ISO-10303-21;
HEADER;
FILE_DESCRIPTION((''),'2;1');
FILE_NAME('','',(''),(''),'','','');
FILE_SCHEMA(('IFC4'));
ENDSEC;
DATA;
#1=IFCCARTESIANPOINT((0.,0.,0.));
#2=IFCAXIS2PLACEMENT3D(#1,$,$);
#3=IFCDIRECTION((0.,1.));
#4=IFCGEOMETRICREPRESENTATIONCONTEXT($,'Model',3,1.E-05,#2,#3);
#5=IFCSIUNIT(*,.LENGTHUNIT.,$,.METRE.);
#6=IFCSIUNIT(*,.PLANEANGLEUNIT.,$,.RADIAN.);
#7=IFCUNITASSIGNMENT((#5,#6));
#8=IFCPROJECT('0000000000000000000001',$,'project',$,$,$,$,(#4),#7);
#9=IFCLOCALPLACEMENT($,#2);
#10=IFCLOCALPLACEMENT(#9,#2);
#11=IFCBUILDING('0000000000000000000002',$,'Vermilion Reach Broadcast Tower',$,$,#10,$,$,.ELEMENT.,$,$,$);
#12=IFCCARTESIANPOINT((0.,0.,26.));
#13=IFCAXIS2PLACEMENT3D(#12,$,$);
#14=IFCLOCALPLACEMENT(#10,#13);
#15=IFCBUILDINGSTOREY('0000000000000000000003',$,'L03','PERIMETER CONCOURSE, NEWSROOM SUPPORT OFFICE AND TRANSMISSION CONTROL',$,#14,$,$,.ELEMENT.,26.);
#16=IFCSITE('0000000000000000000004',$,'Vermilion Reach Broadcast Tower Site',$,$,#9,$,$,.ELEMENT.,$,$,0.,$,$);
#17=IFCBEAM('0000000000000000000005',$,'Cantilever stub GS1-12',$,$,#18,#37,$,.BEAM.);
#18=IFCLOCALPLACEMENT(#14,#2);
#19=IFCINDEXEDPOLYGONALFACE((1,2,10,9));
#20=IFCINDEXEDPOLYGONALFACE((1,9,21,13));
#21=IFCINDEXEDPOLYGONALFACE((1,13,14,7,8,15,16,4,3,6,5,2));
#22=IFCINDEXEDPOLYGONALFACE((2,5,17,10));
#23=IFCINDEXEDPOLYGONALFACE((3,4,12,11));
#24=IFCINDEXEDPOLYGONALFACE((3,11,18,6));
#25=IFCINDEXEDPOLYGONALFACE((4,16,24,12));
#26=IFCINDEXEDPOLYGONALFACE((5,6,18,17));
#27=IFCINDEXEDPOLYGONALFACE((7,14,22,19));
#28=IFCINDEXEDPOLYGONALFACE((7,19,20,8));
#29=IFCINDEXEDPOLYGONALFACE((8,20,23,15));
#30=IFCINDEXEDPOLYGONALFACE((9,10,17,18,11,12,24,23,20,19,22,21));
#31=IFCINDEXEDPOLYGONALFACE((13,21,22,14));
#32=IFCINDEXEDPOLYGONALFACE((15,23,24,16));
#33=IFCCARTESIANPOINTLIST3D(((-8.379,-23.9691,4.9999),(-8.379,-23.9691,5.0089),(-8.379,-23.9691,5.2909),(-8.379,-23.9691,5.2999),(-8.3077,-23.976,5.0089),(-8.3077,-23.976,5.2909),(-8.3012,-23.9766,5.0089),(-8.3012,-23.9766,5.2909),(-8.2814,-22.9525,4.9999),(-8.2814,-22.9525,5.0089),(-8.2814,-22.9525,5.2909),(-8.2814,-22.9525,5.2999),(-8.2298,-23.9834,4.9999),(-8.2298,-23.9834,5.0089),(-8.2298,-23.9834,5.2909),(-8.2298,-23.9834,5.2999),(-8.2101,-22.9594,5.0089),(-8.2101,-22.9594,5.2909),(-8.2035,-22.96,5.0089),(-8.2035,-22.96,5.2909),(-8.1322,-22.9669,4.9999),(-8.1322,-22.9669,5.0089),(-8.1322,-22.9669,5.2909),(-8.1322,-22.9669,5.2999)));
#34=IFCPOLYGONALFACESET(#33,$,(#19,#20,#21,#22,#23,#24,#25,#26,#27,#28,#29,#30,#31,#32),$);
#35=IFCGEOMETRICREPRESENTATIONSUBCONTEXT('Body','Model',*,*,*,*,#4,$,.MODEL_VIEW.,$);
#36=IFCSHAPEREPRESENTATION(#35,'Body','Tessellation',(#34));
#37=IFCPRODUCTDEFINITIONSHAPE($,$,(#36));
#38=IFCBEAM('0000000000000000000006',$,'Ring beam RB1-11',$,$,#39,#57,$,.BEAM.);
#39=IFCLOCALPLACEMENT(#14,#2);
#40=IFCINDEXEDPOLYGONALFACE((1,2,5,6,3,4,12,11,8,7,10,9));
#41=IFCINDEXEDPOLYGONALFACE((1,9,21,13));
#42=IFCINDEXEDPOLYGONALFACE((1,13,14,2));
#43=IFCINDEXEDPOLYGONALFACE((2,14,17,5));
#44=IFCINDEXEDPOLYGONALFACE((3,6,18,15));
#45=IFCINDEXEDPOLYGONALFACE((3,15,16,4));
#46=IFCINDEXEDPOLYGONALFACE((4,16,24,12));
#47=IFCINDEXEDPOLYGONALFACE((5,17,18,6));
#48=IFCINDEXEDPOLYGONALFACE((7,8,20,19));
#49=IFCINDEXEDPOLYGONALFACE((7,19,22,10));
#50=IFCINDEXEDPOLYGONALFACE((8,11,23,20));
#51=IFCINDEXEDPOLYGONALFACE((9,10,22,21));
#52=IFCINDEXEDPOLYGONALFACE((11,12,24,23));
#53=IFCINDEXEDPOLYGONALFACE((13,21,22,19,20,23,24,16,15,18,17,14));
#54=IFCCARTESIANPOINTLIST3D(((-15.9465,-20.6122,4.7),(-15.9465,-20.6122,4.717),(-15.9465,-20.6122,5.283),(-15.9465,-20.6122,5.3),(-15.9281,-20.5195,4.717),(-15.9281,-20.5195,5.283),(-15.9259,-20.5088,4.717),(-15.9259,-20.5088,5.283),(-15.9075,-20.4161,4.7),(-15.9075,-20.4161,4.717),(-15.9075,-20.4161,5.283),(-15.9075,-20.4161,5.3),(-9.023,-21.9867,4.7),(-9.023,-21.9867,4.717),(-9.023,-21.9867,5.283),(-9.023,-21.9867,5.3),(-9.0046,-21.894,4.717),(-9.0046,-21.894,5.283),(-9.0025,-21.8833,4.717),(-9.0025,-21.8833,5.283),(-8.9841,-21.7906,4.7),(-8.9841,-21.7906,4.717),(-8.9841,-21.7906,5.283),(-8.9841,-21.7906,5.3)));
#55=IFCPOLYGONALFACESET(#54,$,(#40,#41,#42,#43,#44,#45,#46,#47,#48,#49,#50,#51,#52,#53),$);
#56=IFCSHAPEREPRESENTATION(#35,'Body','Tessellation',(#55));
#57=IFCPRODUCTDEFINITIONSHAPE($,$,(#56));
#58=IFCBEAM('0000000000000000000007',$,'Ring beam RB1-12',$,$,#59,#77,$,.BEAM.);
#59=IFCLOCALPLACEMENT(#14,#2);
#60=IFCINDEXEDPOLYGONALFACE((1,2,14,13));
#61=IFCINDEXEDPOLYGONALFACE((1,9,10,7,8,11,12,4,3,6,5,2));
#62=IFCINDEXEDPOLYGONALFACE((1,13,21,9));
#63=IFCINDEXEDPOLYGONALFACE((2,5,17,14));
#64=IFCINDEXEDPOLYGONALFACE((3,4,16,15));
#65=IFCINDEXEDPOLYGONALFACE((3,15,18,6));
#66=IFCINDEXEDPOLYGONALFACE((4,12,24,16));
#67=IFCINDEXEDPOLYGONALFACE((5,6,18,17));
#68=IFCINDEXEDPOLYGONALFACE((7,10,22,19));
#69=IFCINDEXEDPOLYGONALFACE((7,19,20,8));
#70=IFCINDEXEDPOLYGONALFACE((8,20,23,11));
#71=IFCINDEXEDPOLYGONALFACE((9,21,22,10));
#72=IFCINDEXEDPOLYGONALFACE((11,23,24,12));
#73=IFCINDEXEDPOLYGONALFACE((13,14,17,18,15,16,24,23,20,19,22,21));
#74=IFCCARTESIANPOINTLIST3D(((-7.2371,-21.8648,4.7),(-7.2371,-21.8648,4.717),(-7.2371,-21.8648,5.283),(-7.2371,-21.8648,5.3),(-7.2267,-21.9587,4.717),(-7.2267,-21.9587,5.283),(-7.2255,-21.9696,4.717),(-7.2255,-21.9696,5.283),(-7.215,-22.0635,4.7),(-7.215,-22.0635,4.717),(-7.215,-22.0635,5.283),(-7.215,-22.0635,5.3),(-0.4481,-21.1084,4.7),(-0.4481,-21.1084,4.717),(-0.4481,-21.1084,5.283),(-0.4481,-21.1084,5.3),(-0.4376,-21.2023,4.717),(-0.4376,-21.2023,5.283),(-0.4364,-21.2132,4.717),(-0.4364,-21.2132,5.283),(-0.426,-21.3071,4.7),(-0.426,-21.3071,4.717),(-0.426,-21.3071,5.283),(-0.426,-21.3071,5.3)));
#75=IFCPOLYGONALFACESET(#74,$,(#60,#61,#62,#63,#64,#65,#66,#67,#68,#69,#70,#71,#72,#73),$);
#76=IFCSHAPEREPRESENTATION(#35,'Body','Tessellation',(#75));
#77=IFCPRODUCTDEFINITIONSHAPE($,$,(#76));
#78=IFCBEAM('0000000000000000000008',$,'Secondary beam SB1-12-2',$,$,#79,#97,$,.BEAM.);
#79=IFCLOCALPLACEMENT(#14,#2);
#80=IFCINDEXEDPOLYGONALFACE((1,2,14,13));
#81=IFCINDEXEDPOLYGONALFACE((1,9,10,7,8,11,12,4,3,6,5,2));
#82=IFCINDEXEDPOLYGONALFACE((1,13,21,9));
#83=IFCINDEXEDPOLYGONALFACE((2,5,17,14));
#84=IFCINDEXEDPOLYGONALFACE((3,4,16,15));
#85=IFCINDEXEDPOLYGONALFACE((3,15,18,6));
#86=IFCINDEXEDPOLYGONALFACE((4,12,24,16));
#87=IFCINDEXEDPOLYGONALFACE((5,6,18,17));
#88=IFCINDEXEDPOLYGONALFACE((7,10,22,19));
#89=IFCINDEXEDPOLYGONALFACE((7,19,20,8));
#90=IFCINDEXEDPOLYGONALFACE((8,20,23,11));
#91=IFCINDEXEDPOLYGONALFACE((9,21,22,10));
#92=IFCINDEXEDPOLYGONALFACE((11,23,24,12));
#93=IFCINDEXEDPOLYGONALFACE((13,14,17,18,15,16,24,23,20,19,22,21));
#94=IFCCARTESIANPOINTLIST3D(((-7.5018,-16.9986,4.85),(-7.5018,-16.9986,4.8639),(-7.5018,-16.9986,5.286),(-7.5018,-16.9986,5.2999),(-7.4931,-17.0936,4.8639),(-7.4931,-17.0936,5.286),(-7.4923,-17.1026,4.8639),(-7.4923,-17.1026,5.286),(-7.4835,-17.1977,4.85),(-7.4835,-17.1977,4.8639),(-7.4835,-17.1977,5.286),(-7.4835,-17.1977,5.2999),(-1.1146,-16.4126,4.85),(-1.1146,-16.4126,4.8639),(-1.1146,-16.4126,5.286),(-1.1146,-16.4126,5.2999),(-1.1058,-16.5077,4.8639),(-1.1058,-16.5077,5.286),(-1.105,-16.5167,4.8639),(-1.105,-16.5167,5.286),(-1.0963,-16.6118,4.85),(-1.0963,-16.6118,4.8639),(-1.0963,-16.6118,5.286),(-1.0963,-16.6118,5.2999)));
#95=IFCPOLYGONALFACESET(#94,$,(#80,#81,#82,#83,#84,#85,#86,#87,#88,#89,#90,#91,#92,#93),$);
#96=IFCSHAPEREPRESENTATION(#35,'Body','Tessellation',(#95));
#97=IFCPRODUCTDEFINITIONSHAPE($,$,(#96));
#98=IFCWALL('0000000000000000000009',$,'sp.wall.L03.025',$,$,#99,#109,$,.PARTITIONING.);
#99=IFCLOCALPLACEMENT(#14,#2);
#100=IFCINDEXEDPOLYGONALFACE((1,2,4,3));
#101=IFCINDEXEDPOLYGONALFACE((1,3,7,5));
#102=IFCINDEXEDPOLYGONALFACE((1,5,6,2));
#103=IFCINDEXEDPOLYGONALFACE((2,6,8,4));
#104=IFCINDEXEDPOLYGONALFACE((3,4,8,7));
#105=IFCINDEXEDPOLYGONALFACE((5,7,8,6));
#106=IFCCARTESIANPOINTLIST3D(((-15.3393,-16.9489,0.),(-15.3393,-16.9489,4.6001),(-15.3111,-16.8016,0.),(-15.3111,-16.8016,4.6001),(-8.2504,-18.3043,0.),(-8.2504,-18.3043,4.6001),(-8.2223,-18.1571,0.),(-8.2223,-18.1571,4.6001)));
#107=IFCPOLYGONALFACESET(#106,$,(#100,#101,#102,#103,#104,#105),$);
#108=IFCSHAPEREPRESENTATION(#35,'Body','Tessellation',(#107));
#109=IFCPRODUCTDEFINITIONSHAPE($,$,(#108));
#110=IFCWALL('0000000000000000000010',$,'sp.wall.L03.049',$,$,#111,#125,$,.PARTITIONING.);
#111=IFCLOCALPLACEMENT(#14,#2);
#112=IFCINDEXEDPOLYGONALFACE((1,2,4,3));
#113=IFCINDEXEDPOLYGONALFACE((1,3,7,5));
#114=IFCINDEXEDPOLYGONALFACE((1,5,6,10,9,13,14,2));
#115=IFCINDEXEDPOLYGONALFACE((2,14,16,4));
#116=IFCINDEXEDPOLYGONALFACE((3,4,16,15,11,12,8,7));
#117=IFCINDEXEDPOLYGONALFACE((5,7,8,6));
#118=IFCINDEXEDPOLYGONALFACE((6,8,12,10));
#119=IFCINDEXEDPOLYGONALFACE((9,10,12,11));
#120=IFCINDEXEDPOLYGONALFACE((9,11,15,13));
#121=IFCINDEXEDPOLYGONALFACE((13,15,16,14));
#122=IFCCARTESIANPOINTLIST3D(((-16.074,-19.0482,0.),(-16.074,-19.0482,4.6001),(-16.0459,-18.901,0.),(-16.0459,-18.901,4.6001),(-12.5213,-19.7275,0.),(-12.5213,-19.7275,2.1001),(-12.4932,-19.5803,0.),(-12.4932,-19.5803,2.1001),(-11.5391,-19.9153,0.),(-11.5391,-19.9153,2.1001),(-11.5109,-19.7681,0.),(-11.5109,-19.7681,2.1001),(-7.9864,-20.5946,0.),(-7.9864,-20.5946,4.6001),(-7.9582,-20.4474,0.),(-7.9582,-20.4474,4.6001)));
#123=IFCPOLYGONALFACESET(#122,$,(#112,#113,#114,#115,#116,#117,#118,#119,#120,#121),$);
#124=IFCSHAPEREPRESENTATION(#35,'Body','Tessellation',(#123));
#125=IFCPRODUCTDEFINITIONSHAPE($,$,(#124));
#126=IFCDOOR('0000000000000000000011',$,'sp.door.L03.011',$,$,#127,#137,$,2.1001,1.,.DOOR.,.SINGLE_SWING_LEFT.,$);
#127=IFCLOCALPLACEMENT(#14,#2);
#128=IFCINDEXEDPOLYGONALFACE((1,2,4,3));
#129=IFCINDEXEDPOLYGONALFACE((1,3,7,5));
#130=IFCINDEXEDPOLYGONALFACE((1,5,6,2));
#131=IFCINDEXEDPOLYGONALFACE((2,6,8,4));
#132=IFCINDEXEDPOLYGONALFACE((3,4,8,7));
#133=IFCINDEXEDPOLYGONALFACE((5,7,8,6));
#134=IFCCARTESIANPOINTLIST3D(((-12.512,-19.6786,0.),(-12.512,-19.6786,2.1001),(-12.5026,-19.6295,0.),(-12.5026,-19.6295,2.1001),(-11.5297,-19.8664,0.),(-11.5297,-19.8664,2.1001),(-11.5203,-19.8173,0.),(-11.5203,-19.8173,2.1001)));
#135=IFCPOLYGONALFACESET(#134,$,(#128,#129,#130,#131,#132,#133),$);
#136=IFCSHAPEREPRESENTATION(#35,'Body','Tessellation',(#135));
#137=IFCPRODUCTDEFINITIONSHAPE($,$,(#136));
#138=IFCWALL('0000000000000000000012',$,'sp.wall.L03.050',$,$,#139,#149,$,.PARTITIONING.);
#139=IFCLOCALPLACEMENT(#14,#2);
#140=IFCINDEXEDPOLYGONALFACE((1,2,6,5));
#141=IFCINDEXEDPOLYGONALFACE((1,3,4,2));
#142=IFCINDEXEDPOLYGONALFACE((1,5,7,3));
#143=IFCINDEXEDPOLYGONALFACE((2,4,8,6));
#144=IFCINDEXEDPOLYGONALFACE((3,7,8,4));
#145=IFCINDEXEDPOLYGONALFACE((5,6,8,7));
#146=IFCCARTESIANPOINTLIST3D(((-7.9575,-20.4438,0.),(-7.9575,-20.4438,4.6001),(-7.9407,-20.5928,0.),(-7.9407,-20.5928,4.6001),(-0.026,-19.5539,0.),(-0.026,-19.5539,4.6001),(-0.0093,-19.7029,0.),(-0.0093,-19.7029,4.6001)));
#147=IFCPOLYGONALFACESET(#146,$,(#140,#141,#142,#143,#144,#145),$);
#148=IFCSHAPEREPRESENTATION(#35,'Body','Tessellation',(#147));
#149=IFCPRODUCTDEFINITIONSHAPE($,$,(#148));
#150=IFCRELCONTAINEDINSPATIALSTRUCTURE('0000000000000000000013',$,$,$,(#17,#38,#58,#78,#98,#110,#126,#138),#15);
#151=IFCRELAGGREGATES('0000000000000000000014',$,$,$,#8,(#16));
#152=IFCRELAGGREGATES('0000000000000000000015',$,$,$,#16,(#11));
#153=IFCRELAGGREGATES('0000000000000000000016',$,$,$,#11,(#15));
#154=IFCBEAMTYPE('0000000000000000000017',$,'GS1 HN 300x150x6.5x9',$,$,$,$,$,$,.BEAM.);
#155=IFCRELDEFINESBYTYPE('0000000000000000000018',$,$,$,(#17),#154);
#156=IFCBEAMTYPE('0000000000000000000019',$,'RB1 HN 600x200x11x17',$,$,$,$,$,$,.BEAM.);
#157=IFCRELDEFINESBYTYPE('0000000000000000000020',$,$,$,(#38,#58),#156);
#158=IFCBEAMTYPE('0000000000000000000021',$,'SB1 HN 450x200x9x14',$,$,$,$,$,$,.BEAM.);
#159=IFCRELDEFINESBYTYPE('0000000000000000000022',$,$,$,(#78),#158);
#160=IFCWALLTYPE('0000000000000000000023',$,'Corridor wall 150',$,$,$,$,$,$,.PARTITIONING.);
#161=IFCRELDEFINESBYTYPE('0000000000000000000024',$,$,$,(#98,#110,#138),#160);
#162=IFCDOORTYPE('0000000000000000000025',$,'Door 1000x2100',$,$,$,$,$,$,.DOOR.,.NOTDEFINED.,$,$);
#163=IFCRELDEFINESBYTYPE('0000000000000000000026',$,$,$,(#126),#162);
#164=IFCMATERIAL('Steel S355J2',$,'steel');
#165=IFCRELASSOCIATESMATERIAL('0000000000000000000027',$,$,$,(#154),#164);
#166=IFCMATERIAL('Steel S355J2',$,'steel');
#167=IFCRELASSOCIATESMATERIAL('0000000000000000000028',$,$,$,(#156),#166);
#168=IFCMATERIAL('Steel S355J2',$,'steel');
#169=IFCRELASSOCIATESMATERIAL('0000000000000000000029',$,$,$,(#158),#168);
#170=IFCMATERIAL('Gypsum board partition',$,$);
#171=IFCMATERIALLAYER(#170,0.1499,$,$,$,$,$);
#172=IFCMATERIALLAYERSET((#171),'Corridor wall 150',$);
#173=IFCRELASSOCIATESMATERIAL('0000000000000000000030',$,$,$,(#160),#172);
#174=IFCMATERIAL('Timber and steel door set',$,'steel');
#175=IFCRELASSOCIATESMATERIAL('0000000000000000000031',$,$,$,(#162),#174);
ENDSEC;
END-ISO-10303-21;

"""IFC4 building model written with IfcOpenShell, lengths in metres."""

from ifc_helpers import new_model, si_unit, direction, frame, frame_2d, origin, origin_2d, place, context, subcontext, project, spatial, rectangle, i_section, extrude, material, layer, layer_set, material_profile, profile_set, type_object, element, fill, save


model = new_model("IFC4")

# Units and contexts
model_context = context("Model", 3, precision=1e-05, world=origin(), true_north=direction((0.0, 1.0)))
body_context = subcontext(model_context, "Body", "Model", "MODEL_VIEW")
ifc_project = project(units=[si_unit("LENGTHUNIT", "METRE"), si_unit("PLANEANGLEUNIT", "RADIAN")], contexts=[model_context])

# Site, building, storey
site_placement = place(None, origin())
site = spatial("IfcSite", under=ifc_project, at=site_placement, Name="Vermilion Reach Broadcast Tower Site", CompositionType="ELEMENT", RefElevation=0.0)
building_placement = place(site_placement, origin())
building = spatial("IfcBuilding", under=site, at=building_placement, Name="Vermilion Reach Broadcast Tower", CompositionType="ELEMENT")
storey_placement = place(building_placement, frame((0.0, 0.0, 26.0)))
storey = spatial("IfcBuildingStorey", under=building, at=storey_placement, Name="L03", Description="PERIMETER CONCOURSE, NEWSROOM SUPPORT OFFICE AND TRANSMISSION CONTROL", CompositionType="ELEMENT", Elevation=26.0)

# Beams
ifc_material_1 = material(Name="Steel S355J2", Category="steel")
ifc_material_profile_1 = material_profile(ifc_material_1, i_section(OverallWidth=0.1499, OverallDepth=0.3, WebThickness=0.0066, FlangeThickness=0.009, at=origin_2d()), Name="S355J2 HN 300x150x6.5x9")
ifc_profile_set_1 = profile_set([ifc_material_profile_1], Name="Steel S355J2")
beam_type_1 = type_object("IfcBeamType", Name="GS1 HN 300x150x6.5x9", PredefinedType="BEAM", material=ifc_profile_set_1)
beam_1_placement = place(storey_placement, frame((-8.2068, -22.9597, 5.1499), z_axis=(-0.095621, -0.995418, 0.0), x_axis=(0.995418, -0.095621, 0.0)))
element("IfcBeam", 1, at=beam_1_placement, inside=storey, type_object=beam_type_1, Name="Cantilever stub GS1-12", PredefinedType="BEAM", context=body_context, shape_type="SweptSolid", body=[
    extrude(i_section(OverallWidth=0.1499, OverallDepth=0.3, WebThickness=0.0066, FlangeThickness=0.009, at=origin_2d()), origin(), (0.0, 0.0, 1.0), 1.0212),
])
ifc_material_2 = material(Name="Steel S355J2", Category="steel")
ifc_material_profile_2 = material_profile(ifc_material_2, i_section(OverallWidth=0.2, OverallDepth=0.6001, WebThickness=0.011, FlangeThickness=0.0171, at=origin_2d()), Name="S355J2 HN 600x200x11x17")
ifc_profile_set_2 = profile_set([ifc_material_profile_2], Name="Steel S355J2")
beam_type_2 = type_object("IfcBeamType", Name="RB1 HN 600x200x11x17", PredefinedType="BEAM", material=ifc_profile_set_2)
beam_2_placement = place(storey_placement, frame((-15.927, -20.5142, 5.0), z_axis=(0.980858, -0.194726, 0.0), x_axis=(0.194726, 0.980858, 0.0)))
element("IfcBeam", 2, at=beam_2_placement, inside=storey, type_object=beam_type_2, Name="Ring beam RB1-11", PredefinedType="BEAM", context=body_context, shape_type="SweptSolid", body=[
    extrude(i_section(OverallWidth=0.2, OverallDepth=0.6001, WebThickness=0.011, FlangeThickness=0.0171, at=origin_2d()), origin(), (0.0, 0.0, 1.0), 7.0586),
])
beam_3_placement = place(storey_placement, frame((-7.2261, -21.9641, 5.0), z_axis=(0.993851, 0.110722, 0.0), x_axis=(-0.110722, 0.993851, 0.0)))
element("IfcBeam", 3, at=beam_3_placement, inside=storey, type_object=beam_type_2, Name="Ring beam RB1-12", PredefinedType="BEAM", context=body_context, shape_type="SweptSolid", body=[
    extrude(i_section(OverallWidth=0.2, OverallDepth=0.6001, WebThickness=0.011, FlangeThickness=0.0171, at=origin_2d()), origin(), (0.0, 0.0, 1.0), 6.8311),
])
ifc_material_3 = material(Name="Steel S355J2", Category="steel")
ifc_material_profile_3 = material_profile(ifc_material_3, i_section(OverallWidth=0.2, OverallDepth=0.45, WebThickness=0.009, FlangeThickness=0.0139, at=origin_2d()), Name="S355J2 HN 450x200x9x14")
ifc_profile_set_3 = profile_set([ifc_material_profile_3], Name="Steel S355J2")
beam_type_3 = type_object("IfcBeamType", Name="SB1 HN 450x200x9x14", PredefinedType="BEAM", material=ifc_profile_set_3)
beam_4_placement = place(storey_placement, frame((-7.4927, -17.0981, 5.075), z_axis=(0.995819, 0.091353, 0.0), x_axis=(-0.091353, 0.995819, 0.0)))
element("IfcBeam", 4, at=beam_4_placement, inside=storey, type_object=beam_type_3, Name="Secondary beam SB1-12-2", PredefinedType="BEAM", context=body_context, shape_type="SweptSolid", body=[
    extrude(i_section(OverallWidth=0.2, OverallDepth=0.45, WebThickness=0.009, FlangeThickness=0.0139, at=origin_2d()), origin(), (0.0, 0.0, 1.0), 6.4141),
])

# Wall
ifc_material_4 = material(Name="Gypsum board partition")
ifc_layer_1 = layer(ifc_material_4, 0.1499)
ifc_layer_set_1 = layer_set([ifc_layer_1], Name="Corridor wall 150")
wall_type_1 = type_object("IfcWallType", Name="Corridor wall 150", PredefinedType="PARTITIONING", material=ifc_layer_set_1)
wall_1_placement = place(storey_placement, frame((-15.3252, -16.8752, 0.0), z_axis=(0.0, 0.0, 1.0), x_axis=(0.982206, -0.187808, 0.0)))
element("IfcWall", 5, at=wall_1_placement, inside=storey, type_object=wall_type_1, Name="sp.wall.L03.025", PredefinedType="PARTITIONING", context=body_context, shape_type="SweptSolid", body=[
    extrude(rectangle(XDim=7.2173, YDim=0.1499, at=frame_2d((3.6086, 0.0))), origin(), (0.0, 0.0, 1.0), 4.6001),
])

# Wall, opening, door
wall_2_placement = place(storey_placement, frame((-16.0601, -18.9746, 0.0), z_axis=(0.0, 0.0, 1.0), x_axis=(0.982207, -0.187801, 0.0)))
wall_2 = element("IfcWall", 6, at=wall_2_placement, inside=storey, type_object=wall_type_1, Name="sp.wall.L03.049", PredefinedType="PARTITIONING", context=body_context, shape_type="SweptSolid", body=[
    extrude(rectangle(XDim=8.2341, YDim=0.1499, at=frame_2d((4.1172, 0.0))), origin(), (0.0, 0.0, 1.0), 4.6001),
])
opening_1_placement = place(wall_2_placement, frame((3.6172, 0.0, 0.0)))
opening_1 = element("IfcOpeningElement", 7, at=opening_1_placement, cuts=wall_2, PredefinedType="OPENING", context=body_context, shape_type="SweptSolid", body=[
    extrude(rectangle(XDim=1.0, YDim=2.1001, at=frame_2d((0.5, 1.05))), frame((0.0, 0.085, 0.0), z_axis=(0.0, -1.0, 0.0), x_axis=(1.0, 0.0, 0.0)), (0.0, 0.0, 1.0), 0.1699),
])
ifc_material_5 = material(Name="Timber and steel door set", Category="steel")
door_type_1 = type_object("IfcDoorType", Name="Door 1000x2100", OperationType="NOTDEFINED", PredefinedType="DOOR", material=ifc_material_5)
door_1_placement = place(opening_1_placement, origin())
door_1 = element("IfcDoor", 8, at=door_1_placement, inside=storey, type_object=door_type_1, Name="sp.door.L03.011", OperationType="SINGLE_SWING_LEFT", OverallHeight=2.1001, OverallWidth=1.0, PredefinedType="DOOR", context=body_context, shape_type="SweptSolid", body=[
    extrude(rectangle(XDim=1.0, YDim=2.1001, at=frame_2d((0.5, 1.05))), frame((0.0, 0.0249, 0.0), z_axis=(0.0, -1.0, 0.0), x_axis=(1.0, 0.0, 0.0)), (0.0, 0.0, 1.0), 0.05),
])
fill(opening_1, door_1)

# Wall
wall_3_placement = place(storey_placement, frame((-7.9492, -20.5183, 0.0), z_axis=(0.0, 0.0, 1.0), x_axis=(0.993765, 0.111499, 0.0)))
element("IfcWall", 9, at=wall_3_placement, inside=storey, type_object=wall_type_1, Name="sp.wall.L03.050", PredefinedType="PARTITIONING", context=body_context, shape_type="SweptSolid", body=[
    extrude(rectangle(XDim=7.9812, YDim=0.1499, at=frame_2d((3.9907, 0.0))), origin(), (0.0, 0.0, 1.0), 4.6001),
])

save(model, "model.ifc")
